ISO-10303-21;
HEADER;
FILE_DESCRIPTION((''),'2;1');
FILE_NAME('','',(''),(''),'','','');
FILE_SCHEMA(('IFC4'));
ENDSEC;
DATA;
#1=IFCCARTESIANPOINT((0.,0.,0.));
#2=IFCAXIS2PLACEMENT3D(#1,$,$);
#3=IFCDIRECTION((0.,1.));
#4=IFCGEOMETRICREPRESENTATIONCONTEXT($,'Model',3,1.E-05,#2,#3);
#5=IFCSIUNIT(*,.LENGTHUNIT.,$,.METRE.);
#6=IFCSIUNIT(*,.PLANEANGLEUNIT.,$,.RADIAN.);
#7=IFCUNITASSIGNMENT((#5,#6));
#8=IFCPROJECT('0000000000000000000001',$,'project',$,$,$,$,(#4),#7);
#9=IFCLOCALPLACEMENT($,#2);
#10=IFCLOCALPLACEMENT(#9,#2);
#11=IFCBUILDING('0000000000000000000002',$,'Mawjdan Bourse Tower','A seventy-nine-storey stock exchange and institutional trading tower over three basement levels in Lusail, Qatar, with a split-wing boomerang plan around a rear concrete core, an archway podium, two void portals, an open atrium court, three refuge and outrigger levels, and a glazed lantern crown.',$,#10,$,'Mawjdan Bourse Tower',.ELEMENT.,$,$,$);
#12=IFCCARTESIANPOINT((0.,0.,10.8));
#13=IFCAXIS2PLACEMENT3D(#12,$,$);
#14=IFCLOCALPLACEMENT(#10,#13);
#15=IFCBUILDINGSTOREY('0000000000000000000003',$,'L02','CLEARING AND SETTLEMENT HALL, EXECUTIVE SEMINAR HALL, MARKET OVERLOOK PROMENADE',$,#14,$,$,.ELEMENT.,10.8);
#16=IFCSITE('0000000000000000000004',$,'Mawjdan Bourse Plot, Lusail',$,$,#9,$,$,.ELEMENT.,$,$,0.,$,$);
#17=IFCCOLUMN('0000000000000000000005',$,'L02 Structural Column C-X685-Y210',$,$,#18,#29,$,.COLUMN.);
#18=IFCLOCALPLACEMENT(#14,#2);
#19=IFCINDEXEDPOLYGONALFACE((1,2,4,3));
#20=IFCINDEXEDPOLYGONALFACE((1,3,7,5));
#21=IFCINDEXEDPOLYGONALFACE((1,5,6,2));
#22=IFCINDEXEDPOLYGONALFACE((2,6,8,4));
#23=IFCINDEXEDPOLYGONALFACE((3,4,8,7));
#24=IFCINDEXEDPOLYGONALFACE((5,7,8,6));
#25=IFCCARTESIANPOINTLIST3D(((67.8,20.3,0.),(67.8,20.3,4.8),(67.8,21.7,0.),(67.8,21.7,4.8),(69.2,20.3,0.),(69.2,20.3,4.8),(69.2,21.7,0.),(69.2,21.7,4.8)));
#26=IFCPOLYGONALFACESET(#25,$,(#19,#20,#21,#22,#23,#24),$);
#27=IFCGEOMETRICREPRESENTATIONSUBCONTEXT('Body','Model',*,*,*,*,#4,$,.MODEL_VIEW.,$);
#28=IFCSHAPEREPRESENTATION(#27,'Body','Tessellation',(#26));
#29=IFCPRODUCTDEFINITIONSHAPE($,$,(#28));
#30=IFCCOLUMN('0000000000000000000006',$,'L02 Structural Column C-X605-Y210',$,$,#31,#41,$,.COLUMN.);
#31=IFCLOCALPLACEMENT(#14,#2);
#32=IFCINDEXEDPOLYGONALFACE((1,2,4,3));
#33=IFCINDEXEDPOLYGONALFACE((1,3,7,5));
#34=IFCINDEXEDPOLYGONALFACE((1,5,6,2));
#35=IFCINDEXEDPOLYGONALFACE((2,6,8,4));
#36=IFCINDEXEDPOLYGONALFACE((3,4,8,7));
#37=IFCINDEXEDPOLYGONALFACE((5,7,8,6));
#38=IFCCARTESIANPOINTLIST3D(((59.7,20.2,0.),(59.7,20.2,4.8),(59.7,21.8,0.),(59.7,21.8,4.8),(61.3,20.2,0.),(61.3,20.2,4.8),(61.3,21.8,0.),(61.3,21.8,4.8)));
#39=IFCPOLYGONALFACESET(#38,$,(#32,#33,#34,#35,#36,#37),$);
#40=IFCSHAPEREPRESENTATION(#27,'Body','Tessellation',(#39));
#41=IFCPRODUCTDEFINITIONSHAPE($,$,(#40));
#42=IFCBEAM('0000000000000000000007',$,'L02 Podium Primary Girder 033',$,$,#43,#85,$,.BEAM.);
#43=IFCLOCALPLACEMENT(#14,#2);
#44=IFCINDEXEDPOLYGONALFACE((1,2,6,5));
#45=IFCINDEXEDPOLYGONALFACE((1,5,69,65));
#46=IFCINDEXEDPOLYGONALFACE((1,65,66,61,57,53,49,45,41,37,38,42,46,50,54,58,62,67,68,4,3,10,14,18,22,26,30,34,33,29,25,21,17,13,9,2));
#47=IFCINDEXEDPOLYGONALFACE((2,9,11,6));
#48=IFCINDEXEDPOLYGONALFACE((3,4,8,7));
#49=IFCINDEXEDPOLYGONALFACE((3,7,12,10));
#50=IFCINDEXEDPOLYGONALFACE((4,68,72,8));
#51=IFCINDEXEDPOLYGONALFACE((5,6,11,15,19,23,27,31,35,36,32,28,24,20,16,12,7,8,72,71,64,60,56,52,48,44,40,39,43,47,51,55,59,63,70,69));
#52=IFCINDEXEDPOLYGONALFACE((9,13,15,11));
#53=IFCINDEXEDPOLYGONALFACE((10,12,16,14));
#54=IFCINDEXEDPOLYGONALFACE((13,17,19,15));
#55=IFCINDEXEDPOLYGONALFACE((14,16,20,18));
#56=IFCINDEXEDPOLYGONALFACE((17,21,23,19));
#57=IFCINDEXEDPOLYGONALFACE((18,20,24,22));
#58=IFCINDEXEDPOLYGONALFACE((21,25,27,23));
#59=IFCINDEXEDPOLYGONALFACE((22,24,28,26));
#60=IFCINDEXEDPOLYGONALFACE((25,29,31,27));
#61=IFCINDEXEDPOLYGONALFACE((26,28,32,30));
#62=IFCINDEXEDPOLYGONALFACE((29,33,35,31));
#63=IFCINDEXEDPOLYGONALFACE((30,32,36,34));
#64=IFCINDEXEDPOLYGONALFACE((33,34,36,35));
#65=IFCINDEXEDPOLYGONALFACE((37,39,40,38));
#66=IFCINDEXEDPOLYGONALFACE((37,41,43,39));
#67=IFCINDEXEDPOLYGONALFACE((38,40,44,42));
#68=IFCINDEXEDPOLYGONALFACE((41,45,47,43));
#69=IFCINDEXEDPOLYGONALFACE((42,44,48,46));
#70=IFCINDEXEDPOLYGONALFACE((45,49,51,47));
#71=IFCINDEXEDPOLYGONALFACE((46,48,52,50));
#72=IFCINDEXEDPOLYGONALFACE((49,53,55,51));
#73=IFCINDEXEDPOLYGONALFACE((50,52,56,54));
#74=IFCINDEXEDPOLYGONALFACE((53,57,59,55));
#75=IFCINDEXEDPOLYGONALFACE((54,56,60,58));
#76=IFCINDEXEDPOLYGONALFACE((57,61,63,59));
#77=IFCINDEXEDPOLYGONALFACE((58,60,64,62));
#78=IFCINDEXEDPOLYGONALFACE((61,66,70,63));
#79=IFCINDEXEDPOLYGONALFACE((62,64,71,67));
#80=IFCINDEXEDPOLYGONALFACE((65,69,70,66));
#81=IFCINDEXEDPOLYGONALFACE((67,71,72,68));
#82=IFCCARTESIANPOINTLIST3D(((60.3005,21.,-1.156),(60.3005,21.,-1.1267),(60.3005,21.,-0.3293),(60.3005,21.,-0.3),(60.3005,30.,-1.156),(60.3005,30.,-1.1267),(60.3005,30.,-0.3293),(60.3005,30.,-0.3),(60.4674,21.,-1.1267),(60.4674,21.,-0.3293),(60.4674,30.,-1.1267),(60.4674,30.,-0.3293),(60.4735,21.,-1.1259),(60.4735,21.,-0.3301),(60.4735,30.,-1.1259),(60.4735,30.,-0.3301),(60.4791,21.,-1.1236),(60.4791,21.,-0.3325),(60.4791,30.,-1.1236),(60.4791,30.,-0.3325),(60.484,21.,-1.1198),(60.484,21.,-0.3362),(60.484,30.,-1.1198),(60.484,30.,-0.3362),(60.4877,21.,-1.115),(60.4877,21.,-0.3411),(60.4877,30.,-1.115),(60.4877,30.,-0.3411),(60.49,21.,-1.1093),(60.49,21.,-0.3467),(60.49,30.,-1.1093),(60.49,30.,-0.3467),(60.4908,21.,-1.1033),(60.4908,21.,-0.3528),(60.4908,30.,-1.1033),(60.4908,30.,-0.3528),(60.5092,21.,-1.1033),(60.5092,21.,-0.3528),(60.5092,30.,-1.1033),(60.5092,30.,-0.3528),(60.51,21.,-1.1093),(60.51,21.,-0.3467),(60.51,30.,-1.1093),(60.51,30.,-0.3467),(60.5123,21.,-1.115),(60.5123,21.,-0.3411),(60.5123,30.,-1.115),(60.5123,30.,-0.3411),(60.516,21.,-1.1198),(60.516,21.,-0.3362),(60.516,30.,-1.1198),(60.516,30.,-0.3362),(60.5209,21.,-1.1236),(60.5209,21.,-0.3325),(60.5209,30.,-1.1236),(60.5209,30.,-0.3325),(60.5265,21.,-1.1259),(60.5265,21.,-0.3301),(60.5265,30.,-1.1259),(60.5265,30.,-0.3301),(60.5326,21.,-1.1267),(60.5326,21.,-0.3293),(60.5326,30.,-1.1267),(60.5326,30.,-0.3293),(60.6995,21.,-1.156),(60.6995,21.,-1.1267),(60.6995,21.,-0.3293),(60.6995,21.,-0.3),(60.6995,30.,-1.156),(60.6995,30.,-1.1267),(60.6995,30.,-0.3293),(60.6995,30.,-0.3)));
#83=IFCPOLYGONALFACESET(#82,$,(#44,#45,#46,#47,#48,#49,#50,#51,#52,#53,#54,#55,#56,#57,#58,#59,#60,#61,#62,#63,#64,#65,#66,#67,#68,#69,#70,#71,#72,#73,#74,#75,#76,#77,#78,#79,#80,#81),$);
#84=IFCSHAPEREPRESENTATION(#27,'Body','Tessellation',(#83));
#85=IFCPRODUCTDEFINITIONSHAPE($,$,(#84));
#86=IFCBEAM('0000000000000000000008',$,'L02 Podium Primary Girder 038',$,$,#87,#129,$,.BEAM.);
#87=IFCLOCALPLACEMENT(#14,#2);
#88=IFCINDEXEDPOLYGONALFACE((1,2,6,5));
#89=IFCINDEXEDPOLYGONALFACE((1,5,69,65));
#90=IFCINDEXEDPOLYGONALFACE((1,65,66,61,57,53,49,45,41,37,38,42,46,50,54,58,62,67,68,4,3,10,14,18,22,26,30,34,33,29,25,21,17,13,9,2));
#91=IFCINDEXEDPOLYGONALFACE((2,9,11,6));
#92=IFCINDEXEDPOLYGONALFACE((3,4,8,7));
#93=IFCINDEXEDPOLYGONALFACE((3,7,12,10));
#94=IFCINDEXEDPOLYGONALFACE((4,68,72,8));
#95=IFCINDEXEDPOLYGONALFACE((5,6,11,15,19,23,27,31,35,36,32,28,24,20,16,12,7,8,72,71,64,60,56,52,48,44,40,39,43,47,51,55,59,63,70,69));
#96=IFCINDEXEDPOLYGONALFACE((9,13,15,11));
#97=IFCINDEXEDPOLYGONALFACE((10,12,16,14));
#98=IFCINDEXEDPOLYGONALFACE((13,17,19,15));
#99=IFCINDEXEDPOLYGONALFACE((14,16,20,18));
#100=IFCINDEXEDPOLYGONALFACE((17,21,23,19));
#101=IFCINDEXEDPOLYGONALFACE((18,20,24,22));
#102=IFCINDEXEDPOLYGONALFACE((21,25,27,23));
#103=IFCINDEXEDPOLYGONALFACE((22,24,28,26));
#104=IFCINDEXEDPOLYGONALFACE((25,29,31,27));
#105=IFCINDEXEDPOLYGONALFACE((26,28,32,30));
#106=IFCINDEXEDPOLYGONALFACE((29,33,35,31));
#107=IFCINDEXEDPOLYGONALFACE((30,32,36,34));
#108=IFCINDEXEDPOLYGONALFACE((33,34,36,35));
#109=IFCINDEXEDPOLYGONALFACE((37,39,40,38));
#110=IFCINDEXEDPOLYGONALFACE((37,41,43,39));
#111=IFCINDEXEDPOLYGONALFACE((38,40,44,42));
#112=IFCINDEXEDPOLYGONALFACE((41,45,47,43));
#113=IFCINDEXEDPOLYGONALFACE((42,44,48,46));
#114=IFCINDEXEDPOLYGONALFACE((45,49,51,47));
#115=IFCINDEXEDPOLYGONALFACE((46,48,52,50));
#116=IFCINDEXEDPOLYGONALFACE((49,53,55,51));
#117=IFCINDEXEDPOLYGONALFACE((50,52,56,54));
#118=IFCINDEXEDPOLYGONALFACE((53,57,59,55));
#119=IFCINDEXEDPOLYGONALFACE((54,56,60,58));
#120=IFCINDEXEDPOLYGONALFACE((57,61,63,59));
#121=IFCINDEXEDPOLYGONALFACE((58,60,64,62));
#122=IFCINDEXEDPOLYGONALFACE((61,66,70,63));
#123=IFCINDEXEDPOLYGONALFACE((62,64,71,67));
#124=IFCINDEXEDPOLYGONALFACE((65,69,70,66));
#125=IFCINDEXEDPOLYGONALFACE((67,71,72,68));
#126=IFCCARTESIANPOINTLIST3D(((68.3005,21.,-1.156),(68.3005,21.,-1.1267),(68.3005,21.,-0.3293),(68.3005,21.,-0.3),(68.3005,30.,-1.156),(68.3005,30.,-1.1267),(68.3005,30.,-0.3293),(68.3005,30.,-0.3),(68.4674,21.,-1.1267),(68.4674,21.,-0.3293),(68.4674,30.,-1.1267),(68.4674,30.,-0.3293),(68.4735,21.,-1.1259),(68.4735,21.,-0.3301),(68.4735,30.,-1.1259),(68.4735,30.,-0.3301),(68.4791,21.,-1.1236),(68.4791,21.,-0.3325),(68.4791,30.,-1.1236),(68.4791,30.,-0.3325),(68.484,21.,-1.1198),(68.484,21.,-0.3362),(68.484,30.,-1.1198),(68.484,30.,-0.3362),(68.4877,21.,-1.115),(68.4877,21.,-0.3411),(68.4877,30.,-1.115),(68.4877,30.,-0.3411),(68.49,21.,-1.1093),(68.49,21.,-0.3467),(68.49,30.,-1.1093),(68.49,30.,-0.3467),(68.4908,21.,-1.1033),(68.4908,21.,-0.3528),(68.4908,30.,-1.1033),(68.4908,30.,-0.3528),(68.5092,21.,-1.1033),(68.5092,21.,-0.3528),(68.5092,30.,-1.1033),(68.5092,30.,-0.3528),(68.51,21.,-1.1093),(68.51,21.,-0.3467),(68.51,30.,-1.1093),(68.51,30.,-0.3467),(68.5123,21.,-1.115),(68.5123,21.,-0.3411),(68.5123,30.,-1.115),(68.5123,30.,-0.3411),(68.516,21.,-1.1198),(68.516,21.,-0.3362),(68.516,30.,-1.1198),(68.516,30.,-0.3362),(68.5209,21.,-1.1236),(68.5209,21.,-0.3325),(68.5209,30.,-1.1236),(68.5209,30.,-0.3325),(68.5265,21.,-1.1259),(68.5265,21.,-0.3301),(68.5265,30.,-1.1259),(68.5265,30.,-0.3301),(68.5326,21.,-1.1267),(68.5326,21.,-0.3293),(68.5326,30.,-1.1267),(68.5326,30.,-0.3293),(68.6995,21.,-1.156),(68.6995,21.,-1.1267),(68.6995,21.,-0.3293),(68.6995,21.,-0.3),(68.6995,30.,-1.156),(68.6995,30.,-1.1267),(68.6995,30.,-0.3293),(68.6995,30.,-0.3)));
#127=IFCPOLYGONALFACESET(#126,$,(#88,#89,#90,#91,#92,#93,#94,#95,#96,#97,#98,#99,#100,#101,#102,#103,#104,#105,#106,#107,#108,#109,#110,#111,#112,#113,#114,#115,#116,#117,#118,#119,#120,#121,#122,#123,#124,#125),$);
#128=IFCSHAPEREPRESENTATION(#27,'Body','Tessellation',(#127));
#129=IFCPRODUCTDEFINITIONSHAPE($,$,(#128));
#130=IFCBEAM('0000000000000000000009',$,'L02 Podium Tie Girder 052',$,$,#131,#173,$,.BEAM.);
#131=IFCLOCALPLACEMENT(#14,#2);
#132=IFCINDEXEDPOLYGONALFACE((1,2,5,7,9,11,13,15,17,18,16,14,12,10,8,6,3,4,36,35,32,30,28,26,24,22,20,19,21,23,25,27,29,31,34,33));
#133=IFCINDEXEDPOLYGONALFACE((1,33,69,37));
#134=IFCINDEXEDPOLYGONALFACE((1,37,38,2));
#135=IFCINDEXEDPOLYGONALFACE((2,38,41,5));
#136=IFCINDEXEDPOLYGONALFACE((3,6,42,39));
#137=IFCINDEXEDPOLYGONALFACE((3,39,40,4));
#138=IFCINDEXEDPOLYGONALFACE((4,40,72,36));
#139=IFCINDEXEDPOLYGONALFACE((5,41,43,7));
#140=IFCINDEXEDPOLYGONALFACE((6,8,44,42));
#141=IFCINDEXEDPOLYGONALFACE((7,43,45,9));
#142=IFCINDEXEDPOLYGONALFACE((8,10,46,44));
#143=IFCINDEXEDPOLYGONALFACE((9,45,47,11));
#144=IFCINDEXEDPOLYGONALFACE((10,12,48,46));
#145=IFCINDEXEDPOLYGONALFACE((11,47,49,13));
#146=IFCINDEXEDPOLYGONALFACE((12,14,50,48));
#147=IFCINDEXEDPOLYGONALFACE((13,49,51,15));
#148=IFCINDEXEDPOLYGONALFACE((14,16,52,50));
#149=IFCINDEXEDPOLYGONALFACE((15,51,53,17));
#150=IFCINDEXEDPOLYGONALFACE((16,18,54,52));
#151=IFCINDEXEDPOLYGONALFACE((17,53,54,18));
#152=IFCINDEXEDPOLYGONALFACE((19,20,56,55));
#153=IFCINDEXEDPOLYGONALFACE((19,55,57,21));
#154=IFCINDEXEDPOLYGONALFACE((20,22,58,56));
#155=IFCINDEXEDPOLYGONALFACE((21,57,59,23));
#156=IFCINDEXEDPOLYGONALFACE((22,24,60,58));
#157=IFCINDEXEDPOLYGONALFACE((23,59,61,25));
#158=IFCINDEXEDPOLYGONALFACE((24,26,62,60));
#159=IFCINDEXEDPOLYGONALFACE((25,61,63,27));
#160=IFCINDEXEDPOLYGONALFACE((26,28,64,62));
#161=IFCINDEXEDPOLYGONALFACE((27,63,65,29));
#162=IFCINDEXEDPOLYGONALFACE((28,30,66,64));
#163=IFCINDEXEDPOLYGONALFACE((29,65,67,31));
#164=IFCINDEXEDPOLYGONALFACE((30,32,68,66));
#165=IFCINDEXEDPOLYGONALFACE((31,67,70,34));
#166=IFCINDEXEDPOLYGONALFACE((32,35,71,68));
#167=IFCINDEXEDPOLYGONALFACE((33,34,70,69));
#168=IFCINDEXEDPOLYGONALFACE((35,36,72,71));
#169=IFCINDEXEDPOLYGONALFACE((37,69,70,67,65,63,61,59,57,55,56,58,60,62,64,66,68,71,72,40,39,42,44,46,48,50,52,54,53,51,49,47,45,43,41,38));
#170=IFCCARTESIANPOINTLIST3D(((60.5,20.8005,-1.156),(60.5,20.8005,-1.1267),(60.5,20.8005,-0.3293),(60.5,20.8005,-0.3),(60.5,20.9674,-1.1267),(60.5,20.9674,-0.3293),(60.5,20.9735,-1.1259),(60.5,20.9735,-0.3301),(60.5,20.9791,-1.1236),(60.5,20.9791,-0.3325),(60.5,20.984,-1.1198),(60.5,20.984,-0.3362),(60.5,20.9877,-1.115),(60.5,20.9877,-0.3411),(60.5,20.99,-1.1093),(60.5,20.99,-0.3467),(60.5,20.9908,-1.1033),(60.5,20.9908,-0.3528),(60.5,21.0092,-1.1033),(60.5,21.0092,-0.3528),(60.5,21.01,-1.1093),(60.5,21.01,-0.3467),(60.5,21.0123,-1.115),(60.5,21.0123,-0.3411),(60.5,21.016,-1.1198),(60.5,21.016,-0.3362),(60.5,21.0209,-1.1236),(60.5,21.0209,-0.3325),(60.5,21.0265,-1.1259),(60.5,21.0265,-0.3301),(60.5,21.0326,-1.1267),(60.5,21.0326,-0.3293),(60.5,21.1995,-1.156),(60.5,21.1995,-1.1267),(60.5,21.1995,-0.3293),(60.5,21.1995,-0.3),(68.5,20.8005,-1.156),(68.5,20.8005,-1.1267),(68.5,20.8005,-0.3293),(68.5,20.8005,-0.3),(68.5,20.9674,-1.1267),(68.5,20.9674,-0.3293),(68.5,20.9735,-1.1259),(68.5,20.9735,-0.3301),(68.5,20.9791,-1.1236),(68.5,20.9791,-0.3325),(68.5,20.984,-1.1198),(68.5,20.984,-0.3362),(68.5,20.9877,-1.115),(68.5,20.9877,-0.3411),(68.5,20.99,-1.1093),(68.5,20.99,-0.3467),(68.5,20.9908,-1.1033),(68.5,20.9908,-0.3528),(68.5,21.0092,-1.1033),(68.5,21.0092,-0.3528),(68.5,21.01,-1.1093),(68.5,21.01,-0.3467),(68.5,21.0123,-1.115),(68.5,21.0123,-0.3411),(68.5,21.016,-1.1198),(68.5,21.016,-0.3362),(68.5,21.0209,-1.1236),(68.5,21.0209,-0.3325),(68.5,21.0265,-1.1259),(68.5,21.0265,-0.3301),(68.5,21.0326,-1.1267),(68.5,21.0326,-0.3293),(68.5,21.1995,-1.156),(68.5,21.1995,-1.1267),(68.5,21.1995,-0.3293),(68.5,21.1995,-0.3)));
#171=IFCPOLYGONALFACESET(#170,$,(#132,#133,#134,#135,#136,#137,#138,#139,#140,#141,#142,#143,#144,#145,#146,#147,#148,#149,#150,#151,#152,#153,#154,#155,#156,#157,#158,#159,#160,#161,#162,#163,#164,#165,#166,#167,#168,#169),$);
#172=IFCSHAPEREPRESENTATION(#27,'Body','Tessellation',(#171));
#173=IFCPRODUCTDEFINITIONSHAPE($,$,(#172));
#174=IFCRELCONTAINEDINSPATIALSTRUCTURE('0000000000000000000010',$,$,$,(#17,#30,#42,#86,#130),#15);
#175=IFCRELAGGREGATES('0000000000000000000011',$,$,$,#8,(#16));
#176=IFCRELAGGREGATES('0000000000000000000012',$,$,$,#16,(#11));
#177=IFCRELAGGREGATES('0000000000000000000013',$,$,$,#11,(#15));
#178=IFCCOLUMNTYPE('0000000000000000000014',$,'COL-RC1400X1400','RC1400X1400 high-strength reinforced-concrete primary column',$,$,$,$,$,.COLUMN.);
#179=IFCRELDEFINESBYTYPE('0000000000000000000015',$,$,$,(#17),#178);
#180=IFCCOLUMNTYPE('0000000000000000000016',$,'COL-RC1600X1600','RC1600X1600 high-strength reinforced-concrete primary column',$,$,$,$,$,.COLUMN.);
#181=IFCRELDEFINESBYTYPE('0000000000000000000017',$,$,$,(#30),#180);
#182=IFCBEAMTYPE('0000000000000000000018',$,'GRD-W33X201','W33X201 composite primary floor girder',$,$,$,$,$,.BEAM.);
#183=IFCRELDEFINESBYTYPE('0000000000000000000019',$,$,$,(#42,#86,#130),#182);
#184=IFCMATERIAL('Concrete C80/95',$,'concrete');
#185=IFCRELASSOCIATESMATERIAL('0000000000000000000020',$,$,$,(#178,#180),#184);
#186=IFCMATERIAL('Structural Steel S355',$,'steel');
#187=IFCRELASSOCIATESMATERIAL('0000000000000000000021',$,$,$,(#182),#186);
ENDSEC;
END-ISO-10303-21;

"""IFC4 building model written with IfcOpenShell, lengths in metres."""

from ifc_helpers import new_model, si_unit, direction, frame, origin, origin_2d, place, context, subcontext, project, spatial, rectangle, i_section, extrude, material, material_profile, profile_set, type_object, element, save


model = new_model("IFC4")

# Units and contexts
model_context = context("Model", 3, precision=1e-05, world=origin(), true_north=direction((0.0, 1.0)))
body_context = subcontext(model_context, "Body", "Model", "MODEL_VIEW")
ifc_project = project(units=[si_unit("LENGTHUNIT", "METRE"), si_unit("PLANEANGLEUNIT", "RADIAN")], contexts=[model_context])

# Site, building, storey
site_placement = place(None, origin())
site = spatial("IfcSite", under=ifc_project, at=site_placement, Name="Mawjdan Bourse Plot, Lusail", CompositionType="ELEMENT", RefElevation=0.0)
building_placement = place(site_placement, origin())
building = spatial("IfcBuilding", under=site, at=building_placement, Name="Mawjdan Bourse Tower", Description="A seventy-nine-storey stock exchange and institutional trading tower over three basement levels in Lusail, Qatar, with a split-wing boomerang plan around a rear concrete core, an archway podium, two void portals, an open atrium court, three refuge and outrigger levels, and a glazed lantern crown.", LongName="Mawjdan Bourse Tower", CompositionType="ELEMENT")
storey_placement = place(building_placement, frame((0.0, 0.0, 10.8)))
storey = spatial("IfcBuildingStorey", under=building, at=storey_placement, Name="L02", Description="CLEARING AND SETTLEMENT HALL, EXECUTIVE SEMINAR HALL, MARKET OVERLOOK PROMENADE", CompositionType="ELEMENT", Elevation=10.8)

# Columns
ifc_material_1 = material(Name="Concrete C80/95", Category="concrete")
ifc_material_profile_1 = material_profile(ifc_material_1, rectangle(XDim=1.3999, YDim=1.3999, at=origin_2d()), Name="RC1400X1400")
ifc_profile_set_1 = profile_set([ifc_material_profile_1], Name="Concrete C80/95")
column_type_1 = type_object("IfcColumnType", Name="COL-RC1400X1400", Description="RC1400X1400 high-strength reinforced-concrete primary column", PredefinedType="COLUMN", material=ifc_profile_set_1)
column_1_placement = place(storey_placement, frame((68.5, 21.0, 0.0), z_axis=(0.0, 0.0, 1.0), x_axis=(1.0, 0.0, 0.0)))
element("IfcColumn", 1, at=column_1_placement, inside=storey, type_object=column_type_1, Name="L02 Structural Column C-X685-Y210", PredefinedType="COLUMN", context=body_context, shape_type="SweptSolid", body=[
    extrude(rectangle(XDim=1.3999, YDim=1.3999, at=origin_2d()), origin(), (0.0, 0.0, 1.0), 4.8),
])
ifc_material_profile_2 = material_profile(ifc_material_1, rectangle(XDim=1.6001, YDim=1.6001, at=origin_2d()), Name="RC1600X1600")
ifc_profile_set_2 = profile_set([ifc_material_profile_2], Name="Concrete C80/95")
column_type_2 = type_object("IfcColumnType", Name="COL-RC1600X1600", Description="RC1600X1600 high-strength reinforced-concrete primary column", PredefinedType="COLUMN", material=ifc_profile_set_2)
column_2_placement = place(storey_placement, frame((60.5, 21.0, 0.0), z_axis=(0.0, 0.0, 1.0), x_axis=(1.0, 0.0, 0.0)))
element("IfcColumn", 2, at=column_2_placement, inside=storey, type_object=column_type_2, Name="L02 Structural Column C-X605-Y210", PredefinedType="COLUMN", context=body_context, shape_type="SweptSolid", body=[
    extrude(rectangle(XDim=1.6001, YDim=1.6001, at=origin_2d()), origin(), (0.0, 0.0, 1.0), 4.8),
])

# Beams
ifc_material_2 = material(Name="Structural Steel S355", Category="steel")
ifc_material_profile_3 = material_profile(ifc_material_2, i_section(OverallWidth=0.3989, OverallDepth=0.856, WebThickness=0.0183, FlangeThickness=0.0293, FilletRadius=0.0234, at=origin_2d()), Name="W33X201")
ifc_profile_set_3 = profile_set([ifc_material_profile_3], Name="Structural Steel S355")
beam_type_1 = type_object("IfcBeamType", Name="GRD-W33X201", Description="W33X201 composite primary floor girder", PredefinedType="BEAM", material=ifc_profile_set_3)
for number, where, z_axis, x_axis, name in (
    (3, (60.5, 21.0, -0.728), (0.0, 1.0, 0.0), (-1.0, 0.0, 0.0), "L02 Podium Primary Girder 033"),
    (4, (68.5, 21.0, -0.728), (0.0, 1.0, 0.0), (-1.0, 0.0, 0.0), "L02 Podium Primary Girder 038"),
):
    element("IfcBeam", number, at=place(storey_placement, frame(where, z_axis=z_axis, x_axis=x_axis)), inside=storey, type_object=beam_type_1, Name=name, PredefinedType="BEAM", context=body_context, shape_type="SweptSolid", body=[
        extrude(i_section(OverallWidth=0.3989, OverallDepth=0.856, WebThickness=0.0183, FlangeThickness=0.0293, FilletRadius=0.0234, at=origin_2d()), origin(), (0.0, 0.0, 1.0), 9.0),
    ])
beam_placement = place(storey_placement, frame((60.5, 21.0, -0.728), z_axis=(1.0, 0.0, 0.0), x_axis=(0.0, 1.0, 0.0)))
element("IfcBeam", 5, at=beam_placement, inside=storey, type_object=beam_type_1, Name="L02 Podium Tie Girder 052", PredefinedType="BEAM", context=body_context, shape_type="SweptSolid", body=[
    extrude(i_section(OverallWidth=0.3989, OverallDepth=0.856, WebThickness=0.0183, FlangeThickness=0.0293, FilletRadius=0.0234, at=origin_2d()), origin(), (0.0, 0.0, 1.0), 8.0),
])

save(model, "model.ifc")
